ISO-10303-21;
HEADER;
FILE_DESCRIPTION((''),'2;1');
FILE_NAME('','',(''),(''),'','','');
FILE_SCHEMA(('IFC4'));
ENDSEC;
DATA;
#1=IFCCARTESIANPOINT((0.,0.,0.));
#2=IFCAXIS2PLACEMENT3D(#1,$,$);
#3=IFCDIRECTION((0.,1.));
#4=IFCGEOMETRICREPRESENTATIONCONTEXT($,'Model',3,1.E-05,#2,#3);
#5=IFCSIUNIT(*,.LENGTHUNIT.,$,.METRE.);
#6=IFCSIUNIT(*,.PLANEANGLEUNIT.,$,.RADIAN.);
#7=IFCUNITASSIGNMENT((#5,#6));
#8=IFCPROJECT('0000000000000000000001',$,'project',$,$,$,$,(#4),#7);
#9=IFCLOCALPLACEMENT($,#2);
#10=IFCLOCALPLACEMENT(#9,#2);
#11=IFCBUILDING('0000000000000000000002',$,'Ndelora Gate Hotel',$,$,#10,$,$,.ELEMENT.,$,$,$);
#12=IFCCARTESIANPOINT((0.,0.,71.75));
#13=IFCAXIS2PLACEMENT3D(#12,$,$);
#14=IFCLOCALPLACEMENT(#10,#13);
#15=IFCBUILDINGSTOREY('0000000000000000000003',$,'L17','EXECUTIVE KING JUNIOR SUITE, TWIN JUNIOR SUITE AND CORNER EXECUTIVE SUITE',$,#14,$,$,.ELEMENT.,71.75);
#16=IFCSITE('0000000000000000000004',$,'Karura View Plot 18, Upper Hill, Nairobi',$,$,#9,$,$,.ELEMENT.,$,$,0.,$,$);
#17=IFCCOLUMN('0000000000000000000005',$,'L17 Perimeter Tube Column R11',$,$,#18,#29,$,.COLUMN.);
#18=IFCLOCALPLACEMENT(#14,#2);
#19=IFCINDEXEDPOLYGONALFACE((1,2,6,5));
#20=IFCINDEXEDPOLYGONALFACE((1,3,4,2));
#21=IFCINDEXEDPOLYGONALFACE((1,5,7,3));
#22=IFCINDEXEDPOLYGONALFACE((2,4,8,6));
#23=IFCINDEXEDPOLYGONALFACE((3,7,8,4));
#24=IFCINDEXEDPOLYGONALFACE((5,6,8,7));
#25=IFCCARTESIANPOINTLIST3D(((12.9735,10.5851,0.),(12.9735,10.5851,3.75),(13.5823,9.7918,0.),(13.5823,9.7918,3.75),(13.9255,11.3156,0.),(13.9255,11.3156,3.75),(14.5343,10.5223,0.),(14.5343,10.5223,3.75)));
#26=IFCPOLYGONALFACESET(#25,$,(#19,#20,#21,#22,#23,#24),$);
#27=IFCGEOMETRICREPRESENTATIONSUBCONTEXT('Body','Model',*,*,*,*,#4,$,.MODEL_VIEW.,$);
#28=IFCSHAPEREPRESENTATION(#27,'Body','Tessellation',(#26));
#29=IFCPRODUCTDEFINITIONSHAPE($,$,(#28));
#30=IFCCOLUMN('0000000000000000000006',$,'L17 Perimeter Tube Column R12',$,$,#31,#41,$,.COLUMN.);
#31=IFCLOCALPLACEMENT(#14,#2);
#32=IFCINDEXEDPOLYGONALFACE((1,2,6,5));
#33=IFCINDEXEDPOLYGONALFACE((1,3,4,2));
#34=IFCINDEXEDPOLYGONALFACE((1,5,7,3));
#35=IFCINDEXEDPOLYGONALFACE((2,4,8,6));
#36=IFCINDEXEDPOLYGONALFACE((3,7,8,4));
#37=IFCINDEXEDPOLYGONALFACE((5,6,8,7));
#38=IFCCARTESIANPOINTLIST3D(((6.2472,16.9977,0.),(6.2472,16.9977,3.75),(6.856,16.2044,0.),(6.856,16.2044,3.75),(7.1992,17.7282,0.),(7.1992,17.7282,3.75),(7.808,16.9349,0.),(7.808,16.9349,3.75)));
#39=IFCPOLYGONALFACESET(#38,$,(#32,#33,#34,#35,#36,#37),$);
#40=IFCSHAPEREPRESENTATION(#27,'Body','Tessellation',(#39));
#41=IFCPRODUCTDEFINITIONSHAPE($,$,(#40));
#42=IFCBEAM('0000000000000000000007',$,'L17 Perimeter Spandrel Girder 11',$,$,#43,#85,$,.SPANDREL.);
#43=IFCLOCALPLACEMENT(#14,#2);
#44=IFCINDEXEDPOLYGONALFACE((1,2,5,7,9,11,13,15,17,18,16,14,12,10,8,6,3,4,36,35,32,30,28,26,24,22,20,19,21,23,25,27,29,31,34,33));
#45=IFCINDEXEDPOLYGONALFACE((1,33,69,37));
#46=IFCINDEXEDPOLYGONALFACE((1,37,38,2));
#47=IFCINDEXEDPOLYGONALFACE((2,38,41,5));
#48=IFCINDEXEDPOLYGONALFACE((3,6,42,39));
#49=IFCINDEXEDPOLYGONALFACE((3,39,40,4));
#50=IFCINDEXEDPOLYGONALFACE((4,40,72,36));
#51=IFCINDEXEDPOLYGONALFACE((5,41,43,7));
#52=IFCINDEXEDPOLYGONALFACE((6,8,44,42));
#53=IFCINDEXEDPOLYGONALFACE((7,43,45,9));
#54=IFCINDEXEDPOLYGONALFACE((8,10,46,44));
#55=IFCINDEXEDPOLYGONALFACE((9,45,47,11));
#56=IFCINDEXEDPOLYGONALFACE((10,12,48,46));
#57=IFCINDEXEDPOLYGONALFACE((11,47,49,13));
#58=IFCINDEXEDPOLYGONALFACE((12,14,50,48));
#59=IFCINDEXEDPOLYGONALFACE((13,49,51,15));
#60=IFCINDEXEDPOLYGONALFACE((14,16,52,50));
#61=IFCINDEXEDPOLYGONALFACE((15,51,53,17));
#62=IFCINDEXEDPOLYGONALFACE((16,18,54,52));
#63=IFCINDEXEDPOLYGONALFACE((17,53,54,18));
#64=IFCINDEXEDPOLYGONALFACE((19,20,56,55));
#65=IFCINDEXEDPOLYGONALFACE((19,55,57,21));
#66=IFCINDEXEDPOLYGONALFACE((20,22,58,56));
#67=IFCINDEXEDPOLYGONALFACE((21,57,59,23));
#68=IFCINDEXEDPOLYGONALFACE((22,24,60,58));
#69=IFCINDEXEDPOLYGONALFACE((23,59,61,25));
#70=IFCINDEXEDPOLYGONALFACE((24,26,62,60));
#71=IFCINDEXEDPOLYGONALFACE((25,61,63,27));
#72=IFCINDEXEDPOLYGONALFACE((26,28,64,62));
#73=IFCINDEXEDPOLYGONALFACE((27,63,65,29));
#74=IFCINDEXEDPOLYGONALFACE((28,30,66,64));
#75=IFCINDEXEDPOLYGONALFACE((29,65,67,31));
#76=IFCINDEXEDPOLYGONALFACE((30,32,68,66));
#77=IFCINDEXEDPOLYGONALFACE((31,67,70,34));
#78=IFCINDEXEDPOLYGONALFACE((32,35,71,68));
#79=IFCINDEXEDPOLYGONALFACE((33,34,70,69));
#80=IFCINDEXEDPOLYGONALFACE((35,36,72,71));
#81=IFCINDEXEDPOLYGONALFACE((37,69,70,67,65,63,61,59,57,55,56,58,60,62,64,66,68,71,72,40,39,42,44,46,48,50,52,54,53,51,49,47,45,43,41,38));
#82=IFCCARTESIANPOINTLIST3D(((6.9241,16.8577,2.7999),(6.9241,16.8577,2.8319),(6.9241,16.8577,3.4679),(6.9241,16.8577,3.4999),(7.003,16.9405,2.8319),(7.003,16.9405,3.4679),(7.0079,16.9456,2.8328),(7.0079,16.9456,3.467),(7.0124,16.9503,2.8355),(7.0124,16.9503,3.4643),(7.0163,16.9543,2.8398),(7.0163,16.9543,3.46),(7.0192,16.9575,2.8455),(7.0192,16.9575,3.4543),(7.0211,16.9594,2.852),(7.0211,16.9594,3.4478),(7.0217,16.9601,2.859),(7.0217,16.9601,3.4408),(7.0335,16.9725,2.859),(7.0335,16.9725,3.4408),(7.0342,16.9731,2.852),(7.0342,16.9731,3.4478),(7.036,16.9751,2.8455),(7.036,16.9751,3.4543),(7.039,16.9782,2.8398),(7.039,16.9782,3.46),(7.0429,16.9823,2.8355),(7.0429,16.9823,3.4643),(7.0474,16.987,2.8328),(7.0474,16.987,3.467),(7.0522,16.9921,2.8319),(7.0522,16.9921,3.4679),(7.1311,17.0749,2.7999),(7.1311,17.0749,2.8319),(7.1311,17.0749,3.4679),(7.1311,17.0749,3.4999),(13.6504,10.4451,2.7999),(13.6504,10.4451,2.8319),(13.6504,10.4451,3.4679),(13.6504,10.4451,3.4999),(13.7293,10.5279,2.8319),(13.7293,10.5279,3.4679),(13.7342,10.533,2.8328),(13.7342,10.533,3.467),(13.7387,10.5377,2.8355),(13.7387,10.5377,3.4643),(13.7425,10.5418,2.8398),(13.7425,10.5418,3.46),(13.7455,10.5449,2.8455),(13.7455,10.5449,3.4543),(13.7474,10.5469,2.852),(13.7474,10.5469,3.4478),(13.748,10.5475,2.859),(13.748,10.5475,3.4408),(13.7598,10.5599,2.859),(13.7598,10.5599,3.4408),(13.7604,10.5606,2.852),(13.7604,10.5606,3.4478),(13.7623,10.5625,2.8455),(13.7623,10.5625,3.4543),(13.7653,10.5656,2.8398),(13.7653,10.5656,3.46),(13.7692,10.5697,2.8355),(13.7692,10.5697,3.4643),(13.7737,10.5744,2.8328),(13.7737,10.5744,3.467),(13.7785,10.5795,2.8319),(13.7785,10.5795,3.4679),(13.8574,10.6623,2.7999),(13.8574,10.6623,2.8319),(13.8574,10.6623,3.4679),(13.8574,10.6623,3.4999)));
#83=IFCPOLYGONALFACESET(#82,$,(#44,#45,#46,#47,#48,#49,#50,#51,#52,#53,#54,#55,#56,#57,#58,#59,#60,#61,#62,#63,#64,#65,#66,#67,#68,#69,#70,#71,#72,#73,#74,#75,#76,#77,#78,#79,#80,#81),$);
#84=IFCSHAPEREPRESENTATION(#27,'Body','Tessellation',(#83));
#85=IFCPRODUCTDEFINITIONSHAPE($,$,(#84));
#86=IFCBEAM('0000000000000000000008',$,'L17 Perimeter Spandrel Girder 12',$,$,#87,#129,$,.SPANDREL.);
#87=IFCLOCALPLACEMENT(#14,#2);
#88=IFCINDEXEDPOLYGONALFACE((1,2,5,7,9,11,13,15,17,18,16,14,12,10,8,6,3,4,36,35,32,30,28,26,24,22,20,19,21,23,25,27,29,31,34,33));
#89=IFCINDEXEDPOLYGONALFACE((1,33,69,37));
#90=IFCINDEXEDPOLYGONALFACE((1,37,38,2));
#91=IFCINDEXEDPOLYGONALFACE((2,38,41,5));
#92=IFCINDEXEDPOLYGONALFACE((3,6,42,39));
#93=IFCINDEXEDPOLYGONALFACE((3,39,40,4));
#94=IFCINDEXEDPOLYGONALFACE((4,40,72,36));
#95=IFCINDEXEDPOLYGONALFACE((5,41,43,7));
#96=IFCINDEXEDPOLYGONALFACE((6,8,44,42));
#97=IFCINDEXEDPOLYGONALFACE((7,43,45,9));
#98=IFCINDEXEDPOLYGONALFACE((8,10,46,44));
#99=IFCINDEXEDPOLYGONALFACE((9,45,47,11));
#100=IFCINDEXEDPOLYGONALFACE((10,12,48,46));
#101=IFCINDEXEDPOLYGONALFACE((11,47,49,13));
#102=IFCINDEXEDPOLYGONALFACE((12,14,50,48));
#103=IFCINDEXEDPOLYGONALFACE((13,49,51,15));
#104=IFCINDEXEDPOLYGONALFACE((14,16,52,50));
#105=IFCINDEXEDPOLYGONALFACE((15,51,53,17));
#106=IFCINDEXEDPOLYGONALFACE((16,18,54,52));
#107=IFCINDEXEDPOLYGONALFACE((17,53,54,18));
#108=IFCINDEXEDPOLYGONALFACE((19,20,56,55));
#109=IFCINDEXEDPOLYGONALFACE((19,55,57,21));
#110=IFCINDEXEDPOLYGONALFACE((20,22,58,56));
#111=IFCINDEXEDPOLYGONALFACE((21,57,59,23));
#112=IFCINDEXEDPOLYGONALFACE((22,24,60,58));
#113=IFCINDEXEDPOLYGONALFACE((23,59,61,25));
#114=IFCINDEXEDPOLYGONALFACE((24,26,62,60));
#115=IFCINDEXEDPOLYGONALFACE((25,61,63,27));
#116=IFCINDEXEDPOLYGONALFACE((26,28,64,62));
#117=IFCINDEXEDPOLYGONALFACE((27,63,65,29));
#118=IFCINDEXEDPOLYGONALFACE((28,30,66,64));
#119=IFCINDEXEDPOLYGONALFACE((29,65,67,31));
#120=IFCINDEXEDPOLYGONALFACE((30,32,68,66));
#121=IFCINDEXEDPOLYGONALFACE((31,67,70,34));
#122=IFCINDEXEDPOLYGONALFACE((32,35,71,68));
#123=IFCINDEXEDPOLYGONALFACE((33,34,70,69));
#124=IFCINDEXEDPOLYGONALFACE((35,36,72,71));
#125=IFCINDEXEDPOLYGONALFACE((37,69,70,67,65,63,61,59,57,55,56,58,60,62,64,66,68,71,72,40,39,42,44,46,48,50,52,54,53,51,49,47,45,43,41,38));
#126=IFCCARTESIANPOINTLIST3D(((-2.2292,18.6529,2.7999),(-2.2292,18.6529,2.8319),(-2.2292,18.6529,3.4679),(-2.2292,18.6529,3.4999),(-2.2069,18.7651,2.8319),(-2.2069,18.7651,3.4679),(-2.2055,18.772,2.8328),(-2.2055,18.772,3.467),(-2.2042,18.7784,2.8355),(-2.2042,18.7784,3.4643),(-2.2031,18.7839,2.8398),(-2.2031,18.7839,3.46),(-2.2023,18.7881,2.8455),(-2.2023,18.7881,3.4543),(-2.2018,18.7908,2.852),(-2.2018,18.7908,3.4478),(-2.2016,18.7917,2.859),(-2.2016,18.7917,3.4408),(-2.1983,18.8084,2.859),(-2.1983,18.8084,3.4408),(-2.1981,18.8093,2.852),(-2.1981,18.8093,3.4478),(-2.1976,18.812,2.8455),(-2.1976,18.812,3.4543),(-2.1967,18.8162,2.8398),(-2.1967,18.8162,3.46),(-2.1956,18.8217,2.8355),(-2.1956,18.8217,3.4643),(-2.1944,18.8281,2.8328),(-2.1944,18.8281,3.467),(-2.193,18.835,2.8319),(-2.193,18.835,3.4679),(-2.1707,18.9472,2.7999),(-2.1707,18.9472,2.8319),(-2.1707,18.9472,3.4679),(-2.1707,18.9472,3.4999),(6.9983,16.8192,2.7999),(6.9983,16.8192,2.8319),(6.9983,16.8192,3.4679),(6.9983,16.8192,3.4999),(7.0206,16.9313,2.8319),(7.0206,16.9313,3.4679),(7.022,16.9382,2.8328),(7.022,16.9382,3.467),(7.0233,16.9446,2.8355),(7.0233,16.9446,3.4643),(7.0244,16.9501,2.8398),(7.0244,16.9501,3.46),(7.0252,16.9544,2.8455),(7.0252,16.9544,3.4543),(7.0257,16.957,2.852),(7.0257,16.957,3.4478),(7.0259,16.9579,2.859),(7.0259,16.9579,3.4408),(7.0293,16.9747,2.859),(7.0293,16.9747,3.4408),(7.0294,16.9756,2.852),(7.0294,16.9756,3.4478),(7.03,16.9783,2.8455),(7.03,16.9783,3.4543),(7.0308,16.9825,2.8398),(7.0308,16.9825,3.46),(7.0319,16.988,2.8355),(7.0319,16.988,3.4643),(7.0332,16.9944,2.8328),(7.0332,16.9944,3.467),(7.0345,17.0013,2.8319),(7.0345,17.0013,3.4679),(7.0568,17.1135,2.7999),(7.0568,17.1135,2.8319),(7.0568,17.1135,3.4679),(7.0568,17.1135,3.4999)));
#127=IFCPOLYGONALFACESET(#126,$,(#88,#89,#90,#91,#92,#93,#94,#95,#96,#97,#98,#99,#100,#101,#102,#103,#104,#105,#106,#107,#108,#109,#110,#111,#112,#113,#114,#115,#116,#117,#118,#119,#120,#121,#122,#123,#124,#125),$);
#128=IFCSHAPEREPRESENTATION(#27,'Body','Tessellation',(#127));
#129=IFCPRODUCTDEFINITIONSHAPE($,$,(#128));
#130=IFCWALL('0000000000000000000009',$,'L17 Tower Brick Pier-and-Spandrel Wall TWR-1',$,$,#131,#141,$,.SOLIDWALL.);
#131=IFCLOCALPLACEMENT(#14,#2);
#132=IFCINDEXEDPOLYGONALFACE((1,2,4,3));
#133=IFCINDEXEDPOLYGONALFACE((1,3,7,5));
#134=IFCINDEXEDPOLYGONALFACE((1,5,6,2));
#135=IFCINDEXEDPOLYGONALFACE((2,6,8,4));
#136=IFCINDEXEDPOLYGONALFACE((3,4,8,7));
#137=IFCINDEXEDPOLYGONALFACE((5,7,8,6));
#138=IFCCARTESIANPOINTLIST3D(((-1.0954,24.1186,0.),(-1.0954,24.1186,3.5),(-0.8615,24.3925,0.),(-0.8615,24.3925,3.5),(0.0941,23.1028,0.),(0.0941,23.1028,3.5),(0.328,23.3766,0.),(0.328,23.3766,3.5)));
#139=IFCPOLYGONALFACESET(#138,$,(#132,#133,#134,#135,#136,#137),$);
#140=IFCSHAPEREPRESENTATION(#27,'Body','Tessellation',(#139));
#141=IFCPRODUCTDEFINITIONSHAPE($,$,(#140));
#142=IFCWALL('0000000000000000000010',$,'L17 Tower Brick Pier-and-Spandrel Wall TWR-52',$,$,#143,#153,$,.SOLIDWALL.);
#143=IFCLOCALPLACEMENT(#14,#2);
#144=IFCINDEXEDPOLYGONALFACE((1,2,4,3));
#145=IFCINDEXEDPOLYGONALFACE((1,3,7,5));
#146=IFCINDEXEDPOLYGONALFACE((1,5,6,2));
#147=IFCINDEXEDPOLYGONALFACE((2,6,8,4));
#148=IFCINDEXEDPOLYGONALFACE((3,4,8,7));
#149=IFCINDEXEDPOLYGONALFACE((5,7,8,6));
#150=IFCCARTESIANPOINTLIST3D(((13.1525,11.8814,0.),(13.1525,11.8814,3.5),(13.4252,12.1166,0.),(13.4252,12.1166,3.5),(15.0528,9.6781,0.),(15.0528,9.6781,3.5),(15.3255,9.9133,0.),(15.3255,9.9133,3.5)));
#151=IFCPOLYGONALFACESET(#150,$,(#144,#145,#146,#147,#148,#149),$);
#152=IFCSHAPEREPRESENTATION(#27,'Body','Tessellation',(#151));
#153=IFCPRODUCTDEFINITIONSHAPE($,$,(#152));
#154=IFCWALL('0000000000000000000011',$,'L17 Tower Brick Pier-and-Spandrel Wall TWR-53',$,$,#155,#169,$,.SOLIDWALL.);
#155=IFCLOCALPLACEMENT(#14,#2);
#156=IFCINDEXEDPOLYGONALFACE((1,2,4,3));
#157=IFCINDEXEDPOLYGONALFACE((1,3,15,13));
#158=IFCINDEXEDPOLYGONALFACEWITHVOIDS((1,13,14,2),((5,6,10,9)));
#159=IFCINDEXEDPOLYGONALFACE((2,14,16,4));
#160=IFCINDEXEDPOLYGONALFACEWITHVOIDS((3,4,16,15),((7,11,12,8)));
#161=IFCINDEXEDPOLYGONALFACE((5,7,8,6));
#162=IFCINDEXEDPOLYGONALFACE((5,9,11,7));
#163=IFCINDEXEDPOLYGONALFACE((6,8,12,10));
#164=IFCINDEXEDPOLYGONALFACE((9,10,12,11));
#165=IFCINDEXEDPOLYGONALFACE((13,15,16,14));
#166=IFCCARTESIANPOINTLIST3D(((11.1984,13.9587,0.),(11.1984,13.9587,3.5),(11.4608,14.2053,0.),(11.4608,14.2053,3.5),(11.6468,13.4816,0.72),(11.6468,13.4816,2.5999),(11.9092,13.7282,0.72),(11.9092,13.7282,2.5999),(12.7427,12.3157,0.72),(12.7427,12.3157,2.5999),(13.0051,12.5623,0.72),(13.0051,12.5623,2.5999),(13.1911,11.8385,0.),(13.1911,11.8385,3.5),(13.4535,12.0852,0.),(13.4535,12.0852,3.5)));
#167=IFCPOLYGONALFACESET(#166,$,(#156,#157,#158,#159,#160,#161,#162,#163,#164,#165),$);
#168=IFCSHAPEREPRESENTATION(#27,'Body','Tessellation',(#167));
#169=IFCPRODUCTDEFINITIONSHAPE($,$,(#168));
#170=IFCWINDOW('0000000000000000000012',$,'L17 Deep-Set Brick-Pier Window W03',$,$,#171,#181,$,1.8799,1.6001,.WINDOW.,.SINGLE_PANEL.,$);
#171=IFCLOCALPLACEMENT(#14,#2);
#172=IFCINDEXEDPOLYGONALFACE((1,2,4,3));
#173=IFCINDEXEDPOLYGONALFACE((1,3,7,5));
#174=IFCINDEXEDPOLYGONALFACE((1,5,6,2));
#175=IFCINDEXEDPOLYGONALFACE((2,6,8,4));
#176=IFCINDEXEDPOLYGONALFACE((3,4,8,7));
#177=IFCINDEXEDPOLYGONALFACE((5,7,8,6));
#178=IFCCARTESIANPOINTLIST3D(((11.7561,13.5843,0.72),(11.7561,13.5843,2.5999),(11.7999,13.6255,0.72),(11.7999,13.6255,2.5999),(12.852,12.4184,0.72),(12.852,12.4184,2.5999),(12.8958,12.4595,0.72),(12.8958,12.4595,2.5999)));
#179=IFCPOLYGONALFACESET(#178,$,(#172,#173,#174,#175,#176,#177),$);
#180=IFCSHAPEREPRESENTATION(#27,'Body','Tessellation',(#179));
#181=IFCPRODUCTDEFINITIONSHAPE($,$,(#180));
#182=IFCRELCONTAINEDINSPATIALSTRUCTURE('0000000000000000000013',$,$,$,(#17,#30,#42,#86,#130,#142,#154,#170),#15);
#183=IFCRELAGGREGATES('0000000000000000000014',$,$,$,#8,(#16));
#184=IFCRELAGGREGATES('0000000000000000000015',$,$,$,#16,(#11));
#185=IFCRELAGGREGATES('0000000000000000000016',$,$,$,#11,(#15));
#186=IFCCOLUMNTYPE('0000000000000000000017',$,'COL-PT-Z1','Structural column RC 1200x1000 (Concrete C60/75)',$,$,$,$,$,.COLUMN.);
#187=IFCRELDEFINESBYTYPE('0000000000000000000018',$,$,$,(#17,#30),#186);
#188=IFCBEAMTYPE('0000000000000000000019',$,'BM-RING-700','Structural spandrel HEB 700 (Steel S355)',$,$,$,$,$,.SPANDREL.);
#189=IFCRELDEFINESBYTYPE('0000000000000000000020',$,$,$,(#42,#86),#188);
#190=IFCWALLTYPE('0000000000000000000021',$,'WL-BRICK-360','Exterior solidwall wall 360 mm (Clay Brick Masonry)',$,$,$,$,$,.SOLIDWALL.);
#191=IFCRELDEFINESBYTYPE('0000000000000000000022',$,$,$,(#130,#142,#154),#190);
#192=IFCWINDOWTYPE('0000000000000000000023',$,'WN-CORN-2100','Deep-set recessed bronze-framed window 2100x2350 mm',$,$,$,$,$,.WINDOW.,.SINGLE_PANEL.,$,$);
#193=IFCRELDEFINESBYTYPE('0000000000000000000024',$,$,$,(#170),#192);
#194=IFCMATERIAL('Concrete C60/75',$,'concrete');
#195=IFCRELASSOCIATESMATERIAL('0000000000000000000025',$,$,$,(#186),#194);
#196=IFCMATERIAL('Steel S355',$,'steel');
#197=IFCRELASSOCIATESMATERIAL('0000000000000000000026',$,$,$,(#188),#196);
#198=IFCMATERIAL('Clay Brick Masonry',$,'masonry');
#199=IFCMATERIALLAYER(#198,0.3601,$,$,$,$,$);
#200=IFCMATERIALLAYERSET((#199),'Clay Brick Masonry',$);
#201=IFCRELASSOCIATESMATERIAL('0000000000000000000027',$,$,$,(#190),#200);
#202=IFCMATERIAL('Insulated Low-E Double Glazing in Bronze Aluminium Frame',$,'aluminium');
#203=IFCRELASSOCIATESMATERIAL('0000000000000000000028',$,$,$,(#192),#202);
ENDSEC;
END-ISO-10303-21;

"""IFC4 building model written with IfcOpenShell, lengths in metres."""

from ifc_helpers import new_model, si_unit, direction, frame, frame_2d, origin, origin_2d, place, context, subcontext, project, spatial, rectangle, i_section, extrude, material, layer, layer_set, material_profile, profile_set, type_object, element, fill, save


model = new_model("IFC4")

# Units and contexts
model_context = context("Model", 3, precision=1e-05, world=origin(), true_north=direction((0.0, 1.0)))
body_context = subcontext(model_context, "Body", "Model", "MODEL_VIEW")
ifc_project = project(units=[si_unit("LENGTHUNIT", "METRE"), si_unit("PLANEANGLEUNIT", "RADIAN")], contexts=[model_context])

# Site, building, storey
site_placement = place(None, origin())
site = spatial("IfcSite", under=ifc_project, at=site_placement, Name="Karura View Plot 18, Upper Hill, Nairobi", CompositionType="ELEMENT", RefElevation=0.0)
building_placement = place(site_placement, origin())
building = spatial("IfcBuilding", under=site, at=building_placement, Name="Ndelora Gate Hotel", CompositionType="ELEMENT")
storey_placement = place(building_placement, frame((0.0, 0.0, 71.75)))
storey = spatial("IfcBuildingStorey", under=building, at=storey_placement, Name="L17", Description="EXECUTIVE KING JUNIOR SUITE, TWIN JUNIOR SUITE AND CORNER EXECUTIVE SUITE", CompositionType="ELEMENT", Elevation=71.75)

# Columns
ifc_material_1 = material(Name="Concrete C60/75", Category="concrete")
ifc_material_profile_1 = material_profile(ifc_material_1, rectangle(XDim=1.0, YDim=1.2, at=origin_2d()), Name="RC 1200x1000")
ifc_profile_set_1 = profile_set([ifc_material_profile_1], Name="Concrete C60/75")
column_type = type_object("IfcColumnType", Name="COL-PT-Z1", Description="Structural column RC 1200x1000 (Concrete C60/75)", PredefinedType="COLUMN", material=ifc_profile_set_1)
for number, where, z_axis, x_axis, name in (
    (1, (13.7539, 10.5537, 0.0), (0.0, 0.0, 1.0), (-0.608761, 0.793353, 0.0), "L17 Perimeter Tube Column R11"),
    (2, (7.0276, 16.9663, 0.0), (0.0, 0.0, 1.0), (-0.608761, 0.793353, 0.0), "L17 Perimeter Tube Column R12"),
):
    element("IfcColumn", number, at=place(storey_placement, frame(where, z_axis=z_axis, x_axis=x_axis)), inside=storey, type_object=column_type, Name=name, PredefinedType="COLUMN", context=body_context, shape_type="SweptSolid", body=[
        extrude(rectangle(XDim=1.0, YDim=1.2, at=origin_2d()), origin(), (0.0, 0.0, 1.0), 3.75),
    ])

# Beams
ifc_material_2 = material(Name="Steel S355", Category="steel")
ifc_material_profile_2 = material_profile(ifc_material_2, i_section(OverallWidth=0.3, OverallDepth=0.7, WebThickness=0.0171, FlangeThickness=0.032, FilletRadius=0.0271, at=origin_2d()), Name="HEB 700")
ifc_profile_set_2 = profile_set([ifc_material_profile_2], Name="Steel S355")
beam_type = type_object("IfcBeamType", Name="BM-RING-700", Description="Structural spandrel HEB 700 (Steel S355)", PredefinedType="SPANDREL", material=ifc_profile_set_2)
beam_1_placement = place(storey_placement, frame((13.7539, 10.5537, 3.1499), z_axis=(-0.723784, 0.690026, 0.0), x_axis=(-0.690026, -0.723784, 0.0)))
element("IfcBeam", 3, at=beam_1_placement, inside=storey, type_object=beam_type, Name="L17 Perimeter Spandrel Girder 11", PredefinedType="SPANDREL", context=body_context, shape_type="SweptSolid", body=[
    extrude(i_section(OverallWidth=0.3, OverallDepth=0.7, WebThickness=0.0171, FlangeThickness=0.032, FilletRadius=0.0271, at=origin_2d()), origin(), (0.0, 0.0, 1.0), 9.2932),
])
beam_2_placement = place(storey_placement, frame((7.0276, 16.9663, 3.1499), z_axis=(-0.98082, 0.194913, 0.0), x_axis=(-0.194913, -0.98082, 0.0)))
element("IfcBeam", 4, at=beam_2_placement, inside=storey, type_object=beam_type, Name="L17 Perimeter Spandrel Girder 12", PredefinedType="SPANDREL", context=body_context, shape_type="SweptSolid", body=[
    extrude(i_section(OverallWidth=0.3, OverallDepth=0.7, WebThickness=0.0171, FlangeThickness=0.032, FilletRadius=0.0271, at=origin_2d()), origin(), (0.0, 0.0, 1.0), 9.408),
])

# Walls
ifc_material_3 = material(Name="Clay Brick Masonry", Category="masonry")
ifc_layer_1 = layer(ifc_material_3, 0.3601)
ifc_layer_set_1 = layer_set([ifc_layer_1], Name="Clay Brick Masonry")
wall_type_1 = type_object("IfcWallType", Name="WL-BRICK-360", Description="Exterior solidwall wall 360 mm (Clay Brick Masonry)", PredefinedType="SOLIDWALL", material=ifc_layer_set_1)
wall_1_placement = place(storey_placement, frame((-0.9785, 24.2556, 0.0), z_axis=(0.0, 0.0, 1.0), x_axis=(0.760412, -0.649441, 0.0)))
element("IfcWall", 5, at=wall_1_placement, inside=storey, type_object=wall_type_1, Name="L17 Tower Brick Pier-and-Spandrel Wall TWR-1", PredefinedType="SOLIDWALL", context=body_context, shape_type="SweptSolid", body=[
    extrude(rectangle(XDim=1.5642, YDim=0.3601, at=frame_2d((0.7822, 0.0))), origin(), (0.0, 0.0, 1.0), 3.5),
])
wall_2_placement = place(storey_placement, frame((13.2888, 11.999, 0.0), z_axis=(0.0, 0.0, 1.0), x_axis=(0.653124, -0.757251, 0.0)))
element("IfcWall", 6, at=wall_2_placement, inside=storey, type_object=wall_type_1, Name="L17 Tower Brick Pier-and-Spandrel Wall TWR-52", PredefinedType="SOLIDWALL", context=body_context, shape_type="SweptSolid", body=[
    extrude(rectangle(XDim=2.9097, YDim=0.3601, at=frame_2d((1.4548, 0.0))), origin(), (0.0, 0.0, 1.0), 3.5),
])

# Wall, opening, window
wall_3_placement = place(storey_placement, frame((11.3296, 14.082, 0.0), z_axis=(0.0, 0.0, 1.0), x_axis=(0.684867, -0.728668, 0.0)))
wall_3 = element("IfcWall", 7, at=wall_3_placement, inside=storey, type_object=wall_type_1, Name="L17 Tower Brick Pier-and-Spandrel Wall TWR-53", PredefinedType="SOLIDWALL", context=body_context, shape_type="SweptSolid", body=[
    extrude(rectangle(XDim=2.9097, YDim=0.3601, at=frame_2d((1.4548, 0.0))), origin(), (0.0, 0.0, 1.0), 3.5),
])
opening_1_placement = place(wall_3_placement, frame((0.6548, 0.0, 0.72)))
opening_1 = element("IfcOpeningElement", 8, at=opening_1_placement, cuts=wall_3, PredefinedType="OPENING", context=body_context, shape_type="SweptSolid", body=[
    extrude(rectangle(XDim=1.6001, YDim=1.8799, at=frame_2d((0.8, 0.9399))), frame((0.0, 0.1899, 0.0), z_axis=(0.0, -1.0, 0.0), x_axis=(1.0, 0.0, 0.0)), (0.0, 0.0, 1.0), 0.3801),
])
ifc_material_4 = material(Name="Insulated Low-E Double Glazing in Bronze Aluminium Frame", Category="aluminium")
window_type_1 = type_object("IfcWindowType", Name="WN-CORN-2100", Description="Deep-set recessed bronze-framed window 2100x2350 mm", PartitioningType="SINGLE_PANEL", PredefinedType="WINDOW", material=ifc_material_4)
window_1_placement = place(opening_1_placement, origin())
window_1 = element("IfcWindow", 9, at=window_1_placement, inside=storey, type_object=window_type_1, Name="L17 Deep-Set Brick-Pier Window W03", OverallHeight=1.8799, OverallWidth=1.6001, PartitioningType="SINGLE_PANEL", PredefinedType="WINDOW", context=body_context, shape_type="SweptSolid", body=[
    extrude(rectangle(XDim=1.6001, YDim=1.8799, at=frame_2d((0.8, 0.9399))), frame((0.0, 0.03, 0.0), z_axis=(0.0, -1.0, 0.0), x_axis=(1.0, 0.0, 0.0)), (0.0, 0.0, 1.0), 0.0601),
])
fill(opening_1, window_1)

save(model, "model.ifc")
